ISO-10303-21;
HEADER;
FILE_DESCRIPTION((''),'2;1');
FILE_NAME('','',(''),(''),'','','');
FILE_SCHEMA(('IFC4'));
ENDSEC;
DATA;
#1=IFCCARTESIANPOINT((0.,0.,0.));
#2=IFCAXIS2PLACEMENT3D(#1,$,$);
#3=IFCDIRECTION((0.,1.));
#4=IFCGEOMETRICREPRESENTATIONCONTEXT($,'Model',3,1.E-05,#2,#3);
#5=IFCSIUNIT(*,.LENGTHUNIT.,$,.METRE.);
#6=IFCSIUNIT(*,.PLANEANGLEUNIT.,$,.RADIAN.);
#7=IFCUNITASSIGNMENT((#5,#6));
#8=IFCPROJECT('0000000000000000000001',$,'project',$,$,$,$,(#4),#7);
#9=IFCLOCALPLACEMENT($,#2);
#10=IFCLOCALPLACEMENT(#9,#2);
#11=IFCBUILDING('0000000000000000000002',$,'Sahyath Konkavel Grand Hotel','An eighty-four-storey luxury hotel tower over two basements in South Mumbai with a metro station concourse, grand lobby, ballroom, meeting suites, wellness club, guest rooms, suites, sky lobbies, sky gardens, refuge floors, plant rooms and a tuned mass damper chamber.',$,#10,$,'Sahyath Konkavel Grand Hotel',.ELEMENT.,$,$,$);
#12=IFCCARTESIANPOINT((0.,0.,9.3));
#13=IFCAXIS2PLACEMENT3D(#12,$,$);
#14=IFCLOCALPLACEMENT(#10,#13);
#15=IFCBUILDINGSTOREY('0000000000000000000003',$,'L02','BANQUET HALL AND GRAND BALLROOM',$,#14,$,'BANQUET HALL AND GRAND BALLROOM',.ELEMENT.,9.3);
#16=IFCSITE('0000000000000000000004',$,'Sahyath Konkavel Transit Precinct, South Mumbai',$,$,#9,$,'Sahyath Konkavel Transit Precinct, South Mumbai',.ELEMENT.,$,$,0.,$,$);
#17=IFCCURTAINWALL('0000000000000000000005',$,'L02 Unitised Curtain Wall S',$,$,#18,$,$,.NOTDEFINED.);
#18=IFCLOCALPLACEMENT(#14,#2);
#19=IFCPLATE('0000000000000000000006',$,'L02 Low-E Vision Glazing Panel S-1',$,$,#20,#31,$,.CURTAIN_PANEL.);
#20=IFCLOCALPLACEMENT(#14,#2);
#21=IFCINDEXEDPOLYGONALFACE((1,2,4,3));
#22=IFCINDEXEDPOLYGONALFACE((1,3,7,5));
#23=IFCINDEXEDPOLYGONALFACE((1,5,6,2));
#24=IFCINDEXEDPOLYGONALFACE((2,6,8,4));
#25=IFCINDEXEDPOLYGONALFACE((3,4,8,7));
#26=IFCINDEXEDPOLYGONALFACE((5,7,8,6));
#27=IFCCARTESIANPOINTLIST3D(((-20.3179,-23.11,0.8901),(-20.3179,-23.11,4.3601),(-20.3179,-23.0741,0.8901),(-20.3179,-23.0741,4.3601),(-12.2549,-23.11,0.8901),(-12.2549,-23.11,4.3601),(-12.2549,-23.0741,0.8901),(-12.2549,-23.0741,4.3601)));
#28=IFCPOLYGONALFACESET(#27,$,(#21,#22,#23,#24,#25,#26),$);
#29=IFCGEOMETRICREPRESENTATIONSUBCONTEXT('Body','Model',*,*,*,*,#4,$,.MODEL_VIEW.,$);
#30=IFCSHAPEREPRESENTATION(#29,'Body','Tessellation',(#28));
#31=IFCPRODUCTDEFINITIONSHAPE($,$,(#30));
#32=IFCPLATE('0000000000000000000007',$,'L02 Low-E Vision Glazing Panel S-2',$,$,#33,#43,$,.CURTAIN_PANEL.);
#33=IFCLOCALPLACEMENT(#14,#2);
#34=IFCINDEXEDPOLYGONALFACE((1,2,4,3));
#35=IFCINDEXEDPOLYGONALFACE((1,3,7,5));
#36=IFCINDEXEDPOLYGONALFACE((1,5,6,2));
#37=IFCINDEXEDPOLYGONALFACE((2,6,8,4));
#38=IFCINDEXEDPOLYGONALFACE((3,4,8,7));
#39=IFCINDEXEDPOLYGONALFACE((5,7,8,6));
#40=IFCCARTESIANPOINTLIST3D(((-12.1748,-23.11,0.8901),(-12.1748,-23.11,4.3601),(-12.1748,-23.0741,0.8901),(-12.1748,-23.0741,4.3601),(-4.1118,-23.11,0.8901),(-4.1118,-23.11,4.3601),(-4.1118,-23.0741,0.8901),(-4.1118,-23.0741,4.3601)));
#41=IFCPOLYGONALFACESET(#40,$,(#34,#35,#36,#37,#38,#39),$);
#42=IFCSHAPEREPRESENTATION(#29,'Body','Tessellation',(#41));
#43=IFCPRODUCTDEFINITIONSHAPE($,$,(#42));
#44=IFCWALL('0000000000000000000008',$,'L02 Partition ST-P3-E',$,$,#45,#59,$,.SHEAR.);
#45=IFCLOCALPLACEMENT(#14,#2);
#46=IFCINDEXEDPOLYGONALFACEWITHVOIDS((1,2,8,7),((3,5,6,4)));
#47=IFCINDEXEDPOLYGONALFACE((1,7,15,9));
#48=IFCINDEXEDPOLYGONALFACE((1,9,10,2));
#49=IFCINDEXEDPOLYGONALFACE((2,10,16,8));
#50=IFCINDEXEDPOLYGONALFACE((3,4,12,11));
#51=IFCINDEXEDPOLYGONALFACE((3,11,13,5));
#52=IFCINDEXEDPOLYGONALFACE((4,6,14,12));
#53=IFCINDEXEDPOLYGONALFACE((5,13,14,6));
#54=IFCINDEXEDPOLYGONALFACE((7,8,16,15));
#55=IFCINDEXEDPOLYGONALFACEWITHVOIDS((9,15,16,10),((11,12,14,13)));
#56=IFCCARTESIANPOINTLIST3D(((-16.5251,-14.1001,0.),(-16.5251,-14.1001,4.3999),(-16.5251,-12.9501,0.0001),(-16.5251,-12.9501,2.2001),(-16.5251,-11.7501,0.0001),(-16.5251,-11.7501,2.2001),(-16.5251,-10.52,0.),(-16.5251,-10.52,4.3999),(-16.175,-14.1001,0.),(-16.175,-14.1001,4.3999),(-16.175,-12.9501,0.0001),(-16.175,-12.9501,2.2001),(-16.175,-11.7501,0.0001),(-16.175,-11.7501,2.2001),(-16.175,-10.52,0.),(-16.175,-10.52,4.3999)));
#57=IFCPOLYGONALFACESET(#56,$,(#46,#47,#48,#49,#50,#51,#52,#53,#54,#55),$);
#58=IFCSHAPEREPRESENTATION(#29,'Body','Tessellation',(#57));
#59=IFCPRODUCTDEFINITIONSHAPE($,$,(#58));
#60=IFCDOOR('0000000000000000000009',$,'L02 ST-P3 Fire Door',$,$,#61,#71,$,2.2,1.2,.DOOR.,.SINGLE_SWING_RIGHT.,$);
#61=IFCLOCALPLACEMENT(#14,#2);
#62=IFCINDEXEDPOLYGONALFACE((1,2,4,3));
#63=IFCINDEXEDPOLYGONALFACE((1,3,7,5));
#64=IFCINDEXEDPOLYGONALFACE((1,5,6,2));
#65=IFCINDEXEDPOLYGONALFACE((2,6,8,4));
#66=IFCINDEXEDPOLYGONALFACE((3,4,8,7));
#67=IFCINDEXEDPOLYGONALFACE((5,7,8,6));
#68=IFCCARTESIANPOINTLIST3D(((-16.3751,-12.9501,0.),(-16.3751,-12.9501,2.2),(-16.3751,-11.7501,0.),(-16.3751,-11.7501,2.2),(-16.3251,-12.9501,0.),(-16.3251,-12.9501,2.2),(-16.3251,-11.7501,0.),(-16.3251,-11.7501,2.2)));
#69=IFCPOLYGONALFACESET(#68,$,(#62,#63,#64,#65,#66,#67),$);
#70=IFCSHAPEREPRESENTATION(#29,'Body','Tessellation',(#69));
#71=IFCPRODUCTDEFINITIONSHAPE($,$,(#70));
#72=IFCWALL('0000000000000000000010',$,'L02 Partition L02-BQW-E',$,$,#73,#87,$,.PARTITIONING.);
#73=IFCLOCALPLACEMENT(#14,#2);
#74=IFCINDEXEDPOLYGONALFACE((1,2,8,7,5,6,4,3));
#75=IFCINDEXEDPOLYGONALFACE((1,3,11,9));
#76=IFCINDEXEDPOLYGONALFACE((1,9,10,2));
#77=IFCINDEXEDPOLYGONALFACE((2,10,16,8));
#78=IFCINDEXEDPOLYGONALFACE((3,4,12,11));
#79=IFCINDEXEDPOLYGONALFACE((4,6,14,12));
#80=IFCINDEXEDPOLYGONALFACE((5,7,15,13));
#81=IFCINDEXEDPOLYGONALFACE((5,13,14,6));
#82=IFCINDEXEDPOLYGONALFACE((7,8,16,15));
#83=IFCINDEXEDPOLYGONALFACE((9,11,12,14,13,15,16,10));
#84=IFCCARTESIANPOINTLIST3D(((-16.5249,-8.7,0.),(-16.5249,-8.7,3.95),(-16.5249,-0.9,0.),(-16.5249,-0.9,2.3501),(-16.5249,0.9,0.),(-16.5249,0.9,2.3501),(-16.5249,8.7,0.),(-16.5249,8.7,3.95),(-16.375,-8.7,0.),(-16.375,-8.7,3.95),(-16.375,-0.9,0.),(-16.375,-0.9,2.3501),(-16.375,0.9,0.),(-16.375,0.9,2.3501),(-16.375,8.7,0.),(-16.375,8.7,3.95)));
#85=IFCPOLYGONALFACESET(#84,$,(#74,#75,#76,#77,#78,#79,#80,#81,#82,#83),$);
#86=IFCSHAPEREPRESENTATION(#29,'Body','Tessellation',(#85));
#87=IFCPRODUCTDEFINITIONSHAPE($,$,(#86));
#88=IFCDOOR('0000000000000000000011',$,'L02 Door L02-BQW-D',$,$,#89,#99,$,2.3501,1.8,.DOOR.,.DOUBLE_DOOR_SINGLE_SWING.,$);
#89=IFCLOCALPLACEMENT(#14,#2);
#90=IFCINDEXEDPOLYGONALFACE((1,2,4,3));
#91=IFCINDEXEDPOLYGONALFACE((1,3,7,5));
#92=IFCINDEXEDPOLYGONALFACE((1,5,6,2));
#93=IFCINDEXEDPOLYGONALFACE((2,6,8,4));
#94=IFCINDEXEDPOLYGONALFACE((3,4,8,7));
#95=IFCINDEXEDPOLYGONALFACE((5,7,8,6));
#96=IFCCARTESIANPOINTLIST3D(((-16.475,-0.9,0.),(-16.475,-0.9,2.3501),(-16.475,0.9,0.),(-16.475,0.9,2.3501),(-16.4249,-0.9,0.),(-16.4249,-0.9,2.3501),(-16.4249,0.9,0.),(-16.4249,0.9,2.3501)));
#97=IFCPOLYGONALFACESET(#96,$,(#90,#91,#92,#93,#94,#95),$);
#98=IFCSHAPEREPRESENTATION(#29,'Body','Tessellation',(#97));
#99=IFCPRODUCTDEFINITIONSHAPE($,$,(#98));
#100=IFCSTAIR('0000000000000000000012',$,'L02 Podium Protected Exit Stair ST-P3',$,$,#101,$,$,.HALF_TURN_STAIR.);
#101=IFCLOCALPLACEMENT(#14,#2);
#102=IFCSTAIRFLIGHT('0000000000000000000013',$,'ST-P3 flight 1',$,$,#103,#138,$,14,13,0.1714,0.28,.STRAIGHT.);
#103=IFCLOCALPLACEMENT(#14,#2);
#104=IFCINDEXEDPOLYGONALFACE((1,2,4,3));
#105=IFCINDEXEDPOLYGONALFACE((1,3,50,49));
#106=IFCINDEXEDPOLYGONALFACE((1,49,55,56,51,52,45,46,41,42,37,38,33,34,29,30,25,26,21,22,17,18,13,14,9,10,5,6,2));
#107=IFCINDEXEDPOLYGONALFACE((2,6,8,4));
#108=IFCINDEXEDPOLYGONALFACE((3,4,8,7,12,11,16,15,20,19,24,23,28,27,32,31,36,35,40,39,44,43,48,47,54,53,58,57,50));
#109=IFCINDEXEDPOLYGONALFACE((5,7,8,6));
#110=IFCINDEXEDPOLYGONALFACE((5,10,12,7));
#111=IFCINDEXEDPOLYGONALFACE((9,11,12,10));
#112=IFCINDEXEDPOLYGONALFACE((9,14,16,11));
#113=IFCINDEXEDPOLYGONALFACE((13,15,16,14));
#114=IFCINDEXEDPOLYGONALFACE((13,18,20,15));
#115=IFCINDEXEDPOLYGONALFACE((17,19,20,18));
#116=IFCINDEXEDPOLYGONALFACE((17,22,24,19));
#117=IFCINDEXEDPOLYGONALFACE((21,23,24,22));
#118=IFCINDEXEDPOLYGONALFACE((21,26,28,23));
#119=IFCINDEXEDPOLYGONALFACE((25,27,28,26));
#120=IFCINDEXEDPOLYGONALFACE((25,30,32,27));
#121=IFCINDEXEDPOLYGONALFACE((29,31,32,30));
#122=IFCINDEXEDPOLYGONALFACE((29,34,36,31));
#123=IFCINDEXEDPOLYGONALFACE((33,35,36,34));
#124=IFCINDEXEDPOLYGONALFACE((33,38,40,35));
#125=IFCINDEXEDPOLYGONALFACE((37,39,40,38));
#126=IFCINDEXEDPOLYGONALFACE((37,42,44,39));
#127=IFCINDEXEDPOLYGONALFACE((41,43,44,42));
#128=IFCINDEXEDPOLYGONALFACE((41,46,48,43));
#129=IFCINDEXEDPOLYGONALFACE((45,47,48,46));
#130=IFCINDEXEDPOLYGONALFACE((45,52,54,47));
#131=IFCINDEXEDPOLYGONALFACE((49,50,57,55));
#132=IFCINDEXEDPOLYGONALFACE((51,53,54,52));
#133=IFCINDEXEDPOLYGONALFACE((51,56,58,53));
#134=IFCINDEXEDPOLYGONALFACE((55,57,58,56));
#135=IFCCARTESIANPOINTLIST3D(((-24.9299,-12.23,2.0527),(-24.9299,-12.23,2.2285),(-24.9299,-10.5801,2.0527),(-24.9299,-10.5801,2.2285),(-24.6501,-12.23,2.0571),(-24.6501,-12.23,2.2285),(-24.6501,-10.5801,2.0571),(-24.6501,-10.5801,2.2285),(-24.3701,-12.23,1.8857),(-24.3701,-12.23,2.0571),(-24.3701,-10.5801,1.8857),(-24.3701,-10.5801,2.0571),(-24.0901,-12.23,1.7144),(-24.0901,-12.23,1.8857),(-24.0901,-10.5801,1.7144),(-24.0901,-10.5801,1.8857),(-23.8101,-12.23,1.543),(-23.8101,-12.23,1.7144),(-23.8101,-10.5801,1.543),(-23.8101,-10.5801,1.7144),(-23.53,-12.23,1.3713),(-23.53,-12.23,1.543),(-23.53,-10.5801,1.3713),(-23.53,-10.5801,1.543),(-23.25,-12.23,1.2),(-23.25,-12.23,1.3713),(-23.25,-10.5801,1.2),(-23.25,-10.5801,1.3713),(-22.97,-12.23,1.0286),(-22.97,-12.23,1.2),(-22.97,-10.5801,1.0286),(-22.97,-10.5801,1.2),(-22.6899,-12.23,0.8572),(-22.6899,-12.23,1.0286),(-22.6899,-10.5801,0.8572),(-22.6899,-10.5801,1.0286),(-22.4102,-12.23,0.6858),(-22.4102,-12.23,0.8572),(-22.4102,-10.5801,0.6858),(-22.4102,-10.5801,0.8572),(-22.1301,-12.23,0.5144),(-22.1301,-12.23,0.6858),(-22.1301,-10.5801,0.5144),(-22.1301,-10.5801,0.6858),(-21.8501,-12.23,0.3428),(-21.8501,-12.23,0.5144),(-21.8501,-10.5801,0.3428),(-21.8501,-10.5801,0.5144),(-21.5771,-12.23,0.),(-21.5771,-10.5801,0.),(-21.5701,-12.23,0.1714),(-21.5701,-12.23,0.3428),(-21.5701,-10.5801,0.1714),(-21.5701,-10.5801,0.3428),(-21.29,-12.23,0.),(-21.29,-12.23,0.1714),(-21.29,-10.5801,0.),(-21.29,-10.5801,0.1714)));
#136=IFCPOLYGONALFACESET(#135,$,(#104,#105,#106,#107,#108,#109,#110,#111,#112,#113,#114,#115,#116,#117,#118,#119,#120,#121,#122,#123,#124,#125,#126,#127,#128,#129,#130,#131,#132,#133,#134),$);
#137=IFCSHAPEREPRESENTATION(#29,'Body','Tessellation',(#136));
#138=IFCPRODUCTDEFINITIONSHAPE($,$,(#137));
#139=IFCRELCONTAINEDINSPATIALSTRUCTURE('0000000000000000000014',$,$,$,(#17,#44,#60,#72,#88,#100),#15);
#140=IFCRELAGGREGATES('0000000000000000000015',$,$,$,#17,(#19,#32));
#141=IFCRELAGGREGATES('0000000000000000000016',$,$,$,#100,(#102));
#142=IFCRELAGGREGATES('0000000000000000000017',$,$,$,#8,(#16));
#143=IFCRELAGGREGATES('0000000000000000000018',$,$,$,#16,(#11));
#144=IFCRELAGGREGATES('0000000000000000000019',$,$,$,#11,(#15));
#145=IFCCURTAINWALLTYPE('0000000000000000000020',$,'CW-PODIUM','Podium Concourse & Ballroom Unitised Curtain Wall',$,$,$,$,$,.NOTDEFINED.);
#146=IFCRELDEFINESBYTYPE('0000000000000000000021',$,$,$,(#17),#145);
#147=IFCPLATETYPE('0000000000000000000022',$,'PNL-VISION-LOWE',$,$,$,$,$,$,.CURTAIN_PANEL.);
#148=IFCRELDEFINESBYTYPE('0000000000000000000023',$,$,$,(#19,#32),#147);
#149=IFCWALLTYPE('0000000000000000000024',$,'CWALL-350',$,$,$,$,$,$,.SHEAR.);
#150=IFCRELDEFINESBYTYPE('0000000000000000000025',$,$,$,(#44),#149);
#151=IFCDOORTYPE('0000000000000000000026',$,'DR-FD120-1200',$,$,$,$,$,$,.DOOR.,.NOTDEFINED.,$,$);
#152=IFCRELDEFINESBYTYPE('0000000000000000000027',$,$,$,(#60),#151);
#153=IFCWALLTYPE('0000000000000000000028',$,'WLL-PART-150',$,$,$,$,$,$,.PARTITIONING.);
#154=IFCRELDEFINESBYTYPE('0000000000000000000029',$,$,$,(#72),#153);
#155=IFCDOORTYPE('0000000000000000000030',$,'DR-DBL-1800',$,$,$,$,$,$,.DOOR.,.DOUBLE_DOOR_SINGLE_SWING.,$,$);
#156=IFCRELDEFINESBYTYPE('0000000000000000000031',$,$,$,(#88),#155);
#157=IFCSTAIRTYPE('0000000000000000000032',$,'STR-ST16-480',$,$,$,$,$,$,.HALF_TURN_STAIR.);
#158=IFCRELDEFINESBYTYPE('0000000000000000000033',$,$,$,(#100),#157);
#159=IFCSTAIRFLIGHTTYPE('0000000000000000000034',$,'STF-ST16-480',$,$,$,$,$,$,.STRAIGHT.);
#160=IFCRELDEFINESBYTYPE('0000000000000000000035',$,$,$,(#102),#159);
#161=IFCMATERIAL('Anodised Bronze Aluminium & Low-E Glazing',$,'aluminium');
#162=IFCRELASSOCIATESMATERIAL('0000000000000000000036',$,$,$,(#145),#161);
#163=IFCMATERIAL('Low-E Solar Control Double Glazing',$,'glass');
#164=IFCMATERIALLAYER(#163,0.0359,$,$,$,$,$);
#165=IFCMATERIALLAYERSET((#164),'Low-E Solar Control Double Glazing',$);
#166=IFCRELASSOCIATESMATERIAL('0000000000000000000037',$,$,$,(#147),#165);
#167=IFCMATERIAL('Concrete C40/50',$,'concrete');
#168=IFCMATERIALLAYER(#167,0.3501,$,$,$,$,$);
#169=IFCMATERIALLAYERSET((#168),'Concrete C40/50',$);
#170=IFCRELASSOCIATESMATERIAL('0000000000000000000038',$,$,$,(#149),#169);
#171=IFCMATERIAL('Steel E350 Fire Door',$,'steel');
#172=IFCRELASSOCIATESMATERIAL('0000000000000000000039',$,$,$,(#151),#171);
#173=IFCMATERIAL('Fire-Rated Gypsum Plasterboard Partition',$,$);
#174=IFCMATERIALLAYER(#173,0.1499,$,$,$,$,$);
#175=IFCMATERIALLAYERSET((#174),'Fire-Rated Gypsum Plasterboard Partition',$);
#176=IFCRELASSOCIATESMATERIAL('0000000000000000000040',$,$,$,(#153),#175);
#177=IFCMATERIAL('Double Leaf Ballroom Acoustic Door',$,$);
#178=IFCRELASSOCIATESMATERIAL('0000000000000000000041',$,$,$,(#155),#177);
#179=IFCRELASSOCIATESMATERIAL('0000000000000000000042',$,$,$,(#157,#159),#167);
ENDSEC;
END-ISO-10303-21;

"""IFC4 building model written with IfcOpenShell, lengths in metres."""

from ifc_helpers import new_model, si_unit, direction, frame, frame_2d, origin, origin_2d, place, context, subcontext, project, spatial, polyline, rectangle, outline, extrude, source, transform, mapped, material, layer, layer_set, type_object, element, fill, aggregate, save


model = new_model("IFC4")

# Units and contexts
model_context = context("Model", 3, precision=1e-05, world=origin(), true_north=direction((0.0, 1.0)))
body_context = subcontext(model_context, "Body", "Model", "MODEL_VIEW")
ifc_project = project(units=[si_unit("LENGTHUNIT", "METRE"), si_unit("PLANEANGLEUNIT", "RADIAN")], contexts=[model_context])

# Site, building, storey
site_placement = place(None, origin())
site = spatial("IfcSite", under=ifc_project, at=site_placement, Name="Sahyath Konkavel Transit Precinct, South Mumbai", LongName="Sahyath Konkavel Transit Precinct, South Mumbai", CompositionType="ELEMENT", RefElevation=0.0)
building_placement = place(site_placement, origin())
building = spatial("IfcBuilding", under=site, at=building_placement, Name="Sahyath Konkavel Grand Hotel", Description="An eighty-four-storey luxury hotel tower over two basements in South Mumbai with a metro station concourse, grand lobby, ballroom, meeting suites, wellness club, guest rooms, suites, sky lobbies, sky gardens, refuge floors, plant rooms and a tuned mass damper chamber.", LongName="Sahyath Konkavel Grand Hotel", CompositionType="ELEMENT")
storey_placement = place(building_placement, frame((0.0, 0.0, 9.3)))
storey = spatial("IfcBuildingStorey", under=building, at=storey_placement, Name="L02", Description="BANQUET HALL AND GRAND BALLROOM", LongName="BANQUET HALL AND GRAND BALLROOM", CompositionType="ELEMENT", Elevation=9.3)

# Curtain wall
ifc_material_1 = material(Name="Anodised Bronze Aluminium & Low-E Glazing", Category="aluminium")
curtain_wall_type = type_object("IfcCurtainWallType", Name="CW-PODIUM", Description="Podium Concourse & Ballroom Unitised Curtain Wall", PredefinedType="NOTDEFINED", material=ifc_material_1)
curtain_wall_placement = place(storey_placement, origin())
curtain_wall = element("IfcCurtainWall", 1, at=curtain_wall_placement, inside=storey, type_object=curtain_wall_type, Name="L02 Unitised Curtain Wall S", PredefinedType="NOTDEFINED")

# Plates
ifc_material_2 = material(Name="Low-E Solar Control Double Glazing", Category="glass")
ifc_layer_1 = layer(ifc_material_2, 0.0359)
ifc_layer_set_1 = layer_set([ifc_layer_1], Name="Low-E Solar Control Double Glazing")
plate_type_1 = type_object("IfcPlateType", Name="PNL-VISION-LOWE", PredefinedType="CURTAIN_PANEL", material=ifc_layer_set_1)
shared_shape_1 = source(origin(), body_context, "Body", "SweptSolid", [
    extrude(rectangle(XDim=8.063, YDim=0.0359, at=origin_2d()), origin(), (0.0, 0.0, 1.0), 3.47),
])
plate_1_placement = place(storey_placement, frame((-16.2864, -23.092, 0.8901), z_axis=(0.0, 0.0, 1.0), x_axis=(1.0, 0.0, 0.0)))
plate_1 = element("IfcPlate", 2, at=plate_1_placement, type_object=plate_type_1, Name="L02 Low-E Vision Glazing Panel S-1", PredefinedType="CURTAIN_PANEL", context=body_context, shape_type="MappedRepresentation", body=[
    mapped(shared_shape_1, transform((0.0, 0.0, 0.0), scale=1.0)),
])
plate_2_placement = place(storey_placement, frame((-8.1433, -23.092, 0.8901), z_axis=(0.0, 0.0, 1.0), x_axis=(1.0, 0.0, 0.0)))
plate_2 = element("IfcPlate", 3, at=plate_2_placement, type_object=plate_type_1, Name="L02 Low-E Vision Glazing Panel S-2", PredefinedType="CURTAIN_PANEL", context=body_context, shape_type="MappedRepresentation", body=[
    mapped(shared_shape_1, transform((0.0, 0.0, 0.0), scale=1.0)),
])
aggregate(curtain_wall, [plate_1, plate_2])

# Walls, openings, doors
ifc_material_3 = material(Name="Concrete C40/50", Category="concrete")
ifc_layer_2 = layer(ifc_material_3, 0.3501)
ifc_layer_set_2 = layer_set([ifc_layer_2], Name="Concrete C40/50")
wall_type_1 = type_object("IfcWallType", Name="CWALL-350", PredefinedType="SHEAR", material=ifc_layer_set_2)
wall_1_placement = place(storey_placement, frame((-16.3501, -14.1001, 0.0), z_axis=(0.0, 0.0, 1.0), x_axis=(0.0, 1.0, 0.0)))
wall_1 = element("IfcWall", 4, at=wall_1_placement, inside=storey, type_object=wall_type_1, Name="L02 Partition ST-P3-E", PredefinedType="SHEAR", context=body_context, shape_type="SweptSolid", body=[
    extrude(rectangle(XDim=3.5801, YDim=0.3501, at=frame_2d((1.79, 0.0))), origin(), (0.0, 0.0, 1.0), 4.3999),
])
opening_1_placement = place(wall_1_placement, frame((1.1499, 0.0, 0.0)))
opening_1 = element("IfcOpeningElement", 5, at=opening_1_placement, cuts=wall_1, PredefinedType="OPENING", context=body_context, shape_type="SweptSolid", body=[
    extrude(rectangle(XDim=1.2, YDim=2.2, at=frame_2d((0.6001, 1.1001))), frame((0.0, 0.1851, 0.0), z_axis=(0.0, -1.0, 0.0), x_axis=(1.0, 0.0, 0.0)), (0.0, 0.0, 1.0), 0.3701),
])
ifc_material_4 = material(Name="Steel E350 Fire Door", Category="steel")
door_type_1 = type_object("IfcDoorType", Name="DR-FD120-1200", OperationType="NOTDEFINED", PredefinedType="DOOR", material=ifc_material_4)
shared_shape_2 = source(origin(), body_context, "Body", "SweptSolid", [
    extrude(rectangle(XDim=1.2, YDim=0.05, at=origin_2d()), origin(), (0.0, 0.0, 1.0), 2.2),
])
door_1_placement = place(opening_1_placement, frame((0.6001, 0.0, 0.0)))
door_1 = element("IfcDoor", 6, at=door_1_placement, inside=storey, type_object=door_type_1, Name="L02 ST-P3 Fire Door", OperationType="SINGLE_SWING_RIGHT", OverallHeight=2.2, OverallWidth=1.2, PredefinedType="DOOR", context=body_context, shape_type="MappedRepresentation", body=[
    mapped(shared_shape_2, transform((0.0, 0.0, 0.0), scale=1.0)),
])
fill(opening_1, door_1)
ifc_material_5 = material(Name="Fire-Rated Gypsum Plasterboard Partition")
ifc_layer_3 = layer(ifc_material_5, 0.1499)
ifc_layer_set_3 = layer_set([ifc_layer_3], Name="Fire-Rated Gypsum Plasterboard Partition")
wall_type_2 = type_object("IfcWallType", Name="WLL-PART-150", PredefinedType="PARTITIONING", material=ifc_layer_set_3)
wall_2_placement = place(storey_placement, frame((-16.45, -8.7, 0.0), z_axis=(0.0, 0.0, 1.0), x_axis=(0.0, 1.0, 0.0)))
wall_2 = element("IfcWall", 7, at=wall_2_placement, inside=storey, type_object=wall_type_2, Name="L02 Partition L02-BQW-E", PredefinedType="PARTITIONING", context=body_context, shape_type="SweptSolid", body=[
    extrude(rectangle(XDim=17.3999, YDim=0.1499, at=frame_2d((8.7, 0.0))), origin(), (0.0, 0.0, 1.0), 3.95),
])
opening_2_placement = place(wall_2_placement, frame((7.8, 0.0, 0.0)))
opening_2 = element("IfcOpeningElement", 8, at=opening_2_placement, cuts=wall_2, PredefinedType="OPENING", context=body_context, shape_type="SweptSolid", body=[
    extrude(rectangle(XDim=1.8, YDim=2.3501, at=frame_2d((0.8999, 1.175))), frame((0.0, 0.085, 0.0), z_axis=(0.0, -1.0, 0.0), x_axis=(1.0, 0.0, 0.0)), (0.0, 0.0, 1.0), 0.1699),
])
ifc_material_6 = material(Name="Double Leaf Ballroom Acoustic Door")
door_type_2 = type_object("IfcDoorType", Name="DR-DBL-1800", OperationType="DOUBLE_DOOR_SINGLE_SWING", PredefinedType="DOOR", material=ifc_material_6)
shared_shape_3 = source(origin(), body_context, "Body", "SweptSolid", [
    extrude(rectangle(XDim=1.8, YDim=0.05, at=origin_2d()), origin(), (0.0, 0.0, 1.0), 2.3501),
])
door_2_placement = place(opening_2_placement, frame((0.8999, 0.0, 0.0)))
door_2 = element("IfcDoor", 9, at=door_2_placement, inside=storey, type_object=door_type_2, Name="L02 Door L02-BQW-D", OperationType="DOUBLE_DOOR_SINGLE_SWING", OverallHeight=2.3501, OverallWidth=1.8, PredefinedType="DOOR", context=body_context, shape_type="MappedRepresentation", body=[
    mapped(shared_shape_3, transform((0.0, 0.0, 0.0), scale=1.0)),
])
fill(opening_2, door_2)

# Stair, stair flight
stair_type = type_object("IfcStairType", Name="STR-ST16-480", PredefinedType="HALF_TURN_STAIR", material=ifc_material_3)
stair_placement = place(storey_placement, origin())
stair = element("IfcStair", 10, at=stair_placement, inside=storey, type_object=stair_type, Name="L02 Podium Protected Exit Stair ST-P3", PredefinedType="HALF_TURN_STAIR")
stair_flight_type = type_object("IfcStairFlightType", Name="STF-ST16-480", PredefinedType="STRAIGHT", material=ifc_material_3)
stair_flight_placement = place(storey_placement, frame((-21.29, -11.405, 0.0), z_axis=(0.0, 0.0, 1.0), x_axis=(-1.0, 0.0, 0.0)))
stair_flight = element("IfcStairFlight", 11, at=stair_flight_placement, type_object=stair_flight_type, Name="ST-P3 flight 1", NumberOfRisers=14, NumberOfTreads=13, PredefinedType="STRAIGHT", RiserHeight=0.1714, TreadLength=0.28, context=body_context, shape_type="SweptSolid", body=[
    extrude(outline(polyline([(0.0, 0.0), (0.0, 0.1714), (0.28, 0.1714), (0.28, 0.3428), (0.5601, 0.3428), (0.5601, 0.5144), (0.8401, 0.5144), (0.8401, 0.6858), (1.1201, 0.6858), (1.1201, 0.8572), (1.3999, 0.8572), (1.3999, 1.0286), (1.6799, 1.0286), (1.6799, 1.2), (1.96, 1.2), (1.96, 1.3713), (2.24, 1.3713), (2.24, 1.543), (2.52, 1.543), (2.52, 1.7144), (2.8, 1.7144), (2.8, 1.8857), (3.0801, 1.8857), (3.0801, 2.0571), (3.3601, 2.0571), (3.3601, 2.2285), (3.6399, 2.2285), (3.6399, 2.3999), (3.6399, 2.0527), (0.2871, 0.0), (0.0, 0.0)])), frame((0.0, 0.825, 0.0), z_axis=(0.0, -1.0, 0.0), x_axis=(1.0, 0.0, 0.0)), (0.0, 0.0, 1.0), 1.6499),
])
aggregate(stair, [stair_flight])

save(model, "model.ifc")
